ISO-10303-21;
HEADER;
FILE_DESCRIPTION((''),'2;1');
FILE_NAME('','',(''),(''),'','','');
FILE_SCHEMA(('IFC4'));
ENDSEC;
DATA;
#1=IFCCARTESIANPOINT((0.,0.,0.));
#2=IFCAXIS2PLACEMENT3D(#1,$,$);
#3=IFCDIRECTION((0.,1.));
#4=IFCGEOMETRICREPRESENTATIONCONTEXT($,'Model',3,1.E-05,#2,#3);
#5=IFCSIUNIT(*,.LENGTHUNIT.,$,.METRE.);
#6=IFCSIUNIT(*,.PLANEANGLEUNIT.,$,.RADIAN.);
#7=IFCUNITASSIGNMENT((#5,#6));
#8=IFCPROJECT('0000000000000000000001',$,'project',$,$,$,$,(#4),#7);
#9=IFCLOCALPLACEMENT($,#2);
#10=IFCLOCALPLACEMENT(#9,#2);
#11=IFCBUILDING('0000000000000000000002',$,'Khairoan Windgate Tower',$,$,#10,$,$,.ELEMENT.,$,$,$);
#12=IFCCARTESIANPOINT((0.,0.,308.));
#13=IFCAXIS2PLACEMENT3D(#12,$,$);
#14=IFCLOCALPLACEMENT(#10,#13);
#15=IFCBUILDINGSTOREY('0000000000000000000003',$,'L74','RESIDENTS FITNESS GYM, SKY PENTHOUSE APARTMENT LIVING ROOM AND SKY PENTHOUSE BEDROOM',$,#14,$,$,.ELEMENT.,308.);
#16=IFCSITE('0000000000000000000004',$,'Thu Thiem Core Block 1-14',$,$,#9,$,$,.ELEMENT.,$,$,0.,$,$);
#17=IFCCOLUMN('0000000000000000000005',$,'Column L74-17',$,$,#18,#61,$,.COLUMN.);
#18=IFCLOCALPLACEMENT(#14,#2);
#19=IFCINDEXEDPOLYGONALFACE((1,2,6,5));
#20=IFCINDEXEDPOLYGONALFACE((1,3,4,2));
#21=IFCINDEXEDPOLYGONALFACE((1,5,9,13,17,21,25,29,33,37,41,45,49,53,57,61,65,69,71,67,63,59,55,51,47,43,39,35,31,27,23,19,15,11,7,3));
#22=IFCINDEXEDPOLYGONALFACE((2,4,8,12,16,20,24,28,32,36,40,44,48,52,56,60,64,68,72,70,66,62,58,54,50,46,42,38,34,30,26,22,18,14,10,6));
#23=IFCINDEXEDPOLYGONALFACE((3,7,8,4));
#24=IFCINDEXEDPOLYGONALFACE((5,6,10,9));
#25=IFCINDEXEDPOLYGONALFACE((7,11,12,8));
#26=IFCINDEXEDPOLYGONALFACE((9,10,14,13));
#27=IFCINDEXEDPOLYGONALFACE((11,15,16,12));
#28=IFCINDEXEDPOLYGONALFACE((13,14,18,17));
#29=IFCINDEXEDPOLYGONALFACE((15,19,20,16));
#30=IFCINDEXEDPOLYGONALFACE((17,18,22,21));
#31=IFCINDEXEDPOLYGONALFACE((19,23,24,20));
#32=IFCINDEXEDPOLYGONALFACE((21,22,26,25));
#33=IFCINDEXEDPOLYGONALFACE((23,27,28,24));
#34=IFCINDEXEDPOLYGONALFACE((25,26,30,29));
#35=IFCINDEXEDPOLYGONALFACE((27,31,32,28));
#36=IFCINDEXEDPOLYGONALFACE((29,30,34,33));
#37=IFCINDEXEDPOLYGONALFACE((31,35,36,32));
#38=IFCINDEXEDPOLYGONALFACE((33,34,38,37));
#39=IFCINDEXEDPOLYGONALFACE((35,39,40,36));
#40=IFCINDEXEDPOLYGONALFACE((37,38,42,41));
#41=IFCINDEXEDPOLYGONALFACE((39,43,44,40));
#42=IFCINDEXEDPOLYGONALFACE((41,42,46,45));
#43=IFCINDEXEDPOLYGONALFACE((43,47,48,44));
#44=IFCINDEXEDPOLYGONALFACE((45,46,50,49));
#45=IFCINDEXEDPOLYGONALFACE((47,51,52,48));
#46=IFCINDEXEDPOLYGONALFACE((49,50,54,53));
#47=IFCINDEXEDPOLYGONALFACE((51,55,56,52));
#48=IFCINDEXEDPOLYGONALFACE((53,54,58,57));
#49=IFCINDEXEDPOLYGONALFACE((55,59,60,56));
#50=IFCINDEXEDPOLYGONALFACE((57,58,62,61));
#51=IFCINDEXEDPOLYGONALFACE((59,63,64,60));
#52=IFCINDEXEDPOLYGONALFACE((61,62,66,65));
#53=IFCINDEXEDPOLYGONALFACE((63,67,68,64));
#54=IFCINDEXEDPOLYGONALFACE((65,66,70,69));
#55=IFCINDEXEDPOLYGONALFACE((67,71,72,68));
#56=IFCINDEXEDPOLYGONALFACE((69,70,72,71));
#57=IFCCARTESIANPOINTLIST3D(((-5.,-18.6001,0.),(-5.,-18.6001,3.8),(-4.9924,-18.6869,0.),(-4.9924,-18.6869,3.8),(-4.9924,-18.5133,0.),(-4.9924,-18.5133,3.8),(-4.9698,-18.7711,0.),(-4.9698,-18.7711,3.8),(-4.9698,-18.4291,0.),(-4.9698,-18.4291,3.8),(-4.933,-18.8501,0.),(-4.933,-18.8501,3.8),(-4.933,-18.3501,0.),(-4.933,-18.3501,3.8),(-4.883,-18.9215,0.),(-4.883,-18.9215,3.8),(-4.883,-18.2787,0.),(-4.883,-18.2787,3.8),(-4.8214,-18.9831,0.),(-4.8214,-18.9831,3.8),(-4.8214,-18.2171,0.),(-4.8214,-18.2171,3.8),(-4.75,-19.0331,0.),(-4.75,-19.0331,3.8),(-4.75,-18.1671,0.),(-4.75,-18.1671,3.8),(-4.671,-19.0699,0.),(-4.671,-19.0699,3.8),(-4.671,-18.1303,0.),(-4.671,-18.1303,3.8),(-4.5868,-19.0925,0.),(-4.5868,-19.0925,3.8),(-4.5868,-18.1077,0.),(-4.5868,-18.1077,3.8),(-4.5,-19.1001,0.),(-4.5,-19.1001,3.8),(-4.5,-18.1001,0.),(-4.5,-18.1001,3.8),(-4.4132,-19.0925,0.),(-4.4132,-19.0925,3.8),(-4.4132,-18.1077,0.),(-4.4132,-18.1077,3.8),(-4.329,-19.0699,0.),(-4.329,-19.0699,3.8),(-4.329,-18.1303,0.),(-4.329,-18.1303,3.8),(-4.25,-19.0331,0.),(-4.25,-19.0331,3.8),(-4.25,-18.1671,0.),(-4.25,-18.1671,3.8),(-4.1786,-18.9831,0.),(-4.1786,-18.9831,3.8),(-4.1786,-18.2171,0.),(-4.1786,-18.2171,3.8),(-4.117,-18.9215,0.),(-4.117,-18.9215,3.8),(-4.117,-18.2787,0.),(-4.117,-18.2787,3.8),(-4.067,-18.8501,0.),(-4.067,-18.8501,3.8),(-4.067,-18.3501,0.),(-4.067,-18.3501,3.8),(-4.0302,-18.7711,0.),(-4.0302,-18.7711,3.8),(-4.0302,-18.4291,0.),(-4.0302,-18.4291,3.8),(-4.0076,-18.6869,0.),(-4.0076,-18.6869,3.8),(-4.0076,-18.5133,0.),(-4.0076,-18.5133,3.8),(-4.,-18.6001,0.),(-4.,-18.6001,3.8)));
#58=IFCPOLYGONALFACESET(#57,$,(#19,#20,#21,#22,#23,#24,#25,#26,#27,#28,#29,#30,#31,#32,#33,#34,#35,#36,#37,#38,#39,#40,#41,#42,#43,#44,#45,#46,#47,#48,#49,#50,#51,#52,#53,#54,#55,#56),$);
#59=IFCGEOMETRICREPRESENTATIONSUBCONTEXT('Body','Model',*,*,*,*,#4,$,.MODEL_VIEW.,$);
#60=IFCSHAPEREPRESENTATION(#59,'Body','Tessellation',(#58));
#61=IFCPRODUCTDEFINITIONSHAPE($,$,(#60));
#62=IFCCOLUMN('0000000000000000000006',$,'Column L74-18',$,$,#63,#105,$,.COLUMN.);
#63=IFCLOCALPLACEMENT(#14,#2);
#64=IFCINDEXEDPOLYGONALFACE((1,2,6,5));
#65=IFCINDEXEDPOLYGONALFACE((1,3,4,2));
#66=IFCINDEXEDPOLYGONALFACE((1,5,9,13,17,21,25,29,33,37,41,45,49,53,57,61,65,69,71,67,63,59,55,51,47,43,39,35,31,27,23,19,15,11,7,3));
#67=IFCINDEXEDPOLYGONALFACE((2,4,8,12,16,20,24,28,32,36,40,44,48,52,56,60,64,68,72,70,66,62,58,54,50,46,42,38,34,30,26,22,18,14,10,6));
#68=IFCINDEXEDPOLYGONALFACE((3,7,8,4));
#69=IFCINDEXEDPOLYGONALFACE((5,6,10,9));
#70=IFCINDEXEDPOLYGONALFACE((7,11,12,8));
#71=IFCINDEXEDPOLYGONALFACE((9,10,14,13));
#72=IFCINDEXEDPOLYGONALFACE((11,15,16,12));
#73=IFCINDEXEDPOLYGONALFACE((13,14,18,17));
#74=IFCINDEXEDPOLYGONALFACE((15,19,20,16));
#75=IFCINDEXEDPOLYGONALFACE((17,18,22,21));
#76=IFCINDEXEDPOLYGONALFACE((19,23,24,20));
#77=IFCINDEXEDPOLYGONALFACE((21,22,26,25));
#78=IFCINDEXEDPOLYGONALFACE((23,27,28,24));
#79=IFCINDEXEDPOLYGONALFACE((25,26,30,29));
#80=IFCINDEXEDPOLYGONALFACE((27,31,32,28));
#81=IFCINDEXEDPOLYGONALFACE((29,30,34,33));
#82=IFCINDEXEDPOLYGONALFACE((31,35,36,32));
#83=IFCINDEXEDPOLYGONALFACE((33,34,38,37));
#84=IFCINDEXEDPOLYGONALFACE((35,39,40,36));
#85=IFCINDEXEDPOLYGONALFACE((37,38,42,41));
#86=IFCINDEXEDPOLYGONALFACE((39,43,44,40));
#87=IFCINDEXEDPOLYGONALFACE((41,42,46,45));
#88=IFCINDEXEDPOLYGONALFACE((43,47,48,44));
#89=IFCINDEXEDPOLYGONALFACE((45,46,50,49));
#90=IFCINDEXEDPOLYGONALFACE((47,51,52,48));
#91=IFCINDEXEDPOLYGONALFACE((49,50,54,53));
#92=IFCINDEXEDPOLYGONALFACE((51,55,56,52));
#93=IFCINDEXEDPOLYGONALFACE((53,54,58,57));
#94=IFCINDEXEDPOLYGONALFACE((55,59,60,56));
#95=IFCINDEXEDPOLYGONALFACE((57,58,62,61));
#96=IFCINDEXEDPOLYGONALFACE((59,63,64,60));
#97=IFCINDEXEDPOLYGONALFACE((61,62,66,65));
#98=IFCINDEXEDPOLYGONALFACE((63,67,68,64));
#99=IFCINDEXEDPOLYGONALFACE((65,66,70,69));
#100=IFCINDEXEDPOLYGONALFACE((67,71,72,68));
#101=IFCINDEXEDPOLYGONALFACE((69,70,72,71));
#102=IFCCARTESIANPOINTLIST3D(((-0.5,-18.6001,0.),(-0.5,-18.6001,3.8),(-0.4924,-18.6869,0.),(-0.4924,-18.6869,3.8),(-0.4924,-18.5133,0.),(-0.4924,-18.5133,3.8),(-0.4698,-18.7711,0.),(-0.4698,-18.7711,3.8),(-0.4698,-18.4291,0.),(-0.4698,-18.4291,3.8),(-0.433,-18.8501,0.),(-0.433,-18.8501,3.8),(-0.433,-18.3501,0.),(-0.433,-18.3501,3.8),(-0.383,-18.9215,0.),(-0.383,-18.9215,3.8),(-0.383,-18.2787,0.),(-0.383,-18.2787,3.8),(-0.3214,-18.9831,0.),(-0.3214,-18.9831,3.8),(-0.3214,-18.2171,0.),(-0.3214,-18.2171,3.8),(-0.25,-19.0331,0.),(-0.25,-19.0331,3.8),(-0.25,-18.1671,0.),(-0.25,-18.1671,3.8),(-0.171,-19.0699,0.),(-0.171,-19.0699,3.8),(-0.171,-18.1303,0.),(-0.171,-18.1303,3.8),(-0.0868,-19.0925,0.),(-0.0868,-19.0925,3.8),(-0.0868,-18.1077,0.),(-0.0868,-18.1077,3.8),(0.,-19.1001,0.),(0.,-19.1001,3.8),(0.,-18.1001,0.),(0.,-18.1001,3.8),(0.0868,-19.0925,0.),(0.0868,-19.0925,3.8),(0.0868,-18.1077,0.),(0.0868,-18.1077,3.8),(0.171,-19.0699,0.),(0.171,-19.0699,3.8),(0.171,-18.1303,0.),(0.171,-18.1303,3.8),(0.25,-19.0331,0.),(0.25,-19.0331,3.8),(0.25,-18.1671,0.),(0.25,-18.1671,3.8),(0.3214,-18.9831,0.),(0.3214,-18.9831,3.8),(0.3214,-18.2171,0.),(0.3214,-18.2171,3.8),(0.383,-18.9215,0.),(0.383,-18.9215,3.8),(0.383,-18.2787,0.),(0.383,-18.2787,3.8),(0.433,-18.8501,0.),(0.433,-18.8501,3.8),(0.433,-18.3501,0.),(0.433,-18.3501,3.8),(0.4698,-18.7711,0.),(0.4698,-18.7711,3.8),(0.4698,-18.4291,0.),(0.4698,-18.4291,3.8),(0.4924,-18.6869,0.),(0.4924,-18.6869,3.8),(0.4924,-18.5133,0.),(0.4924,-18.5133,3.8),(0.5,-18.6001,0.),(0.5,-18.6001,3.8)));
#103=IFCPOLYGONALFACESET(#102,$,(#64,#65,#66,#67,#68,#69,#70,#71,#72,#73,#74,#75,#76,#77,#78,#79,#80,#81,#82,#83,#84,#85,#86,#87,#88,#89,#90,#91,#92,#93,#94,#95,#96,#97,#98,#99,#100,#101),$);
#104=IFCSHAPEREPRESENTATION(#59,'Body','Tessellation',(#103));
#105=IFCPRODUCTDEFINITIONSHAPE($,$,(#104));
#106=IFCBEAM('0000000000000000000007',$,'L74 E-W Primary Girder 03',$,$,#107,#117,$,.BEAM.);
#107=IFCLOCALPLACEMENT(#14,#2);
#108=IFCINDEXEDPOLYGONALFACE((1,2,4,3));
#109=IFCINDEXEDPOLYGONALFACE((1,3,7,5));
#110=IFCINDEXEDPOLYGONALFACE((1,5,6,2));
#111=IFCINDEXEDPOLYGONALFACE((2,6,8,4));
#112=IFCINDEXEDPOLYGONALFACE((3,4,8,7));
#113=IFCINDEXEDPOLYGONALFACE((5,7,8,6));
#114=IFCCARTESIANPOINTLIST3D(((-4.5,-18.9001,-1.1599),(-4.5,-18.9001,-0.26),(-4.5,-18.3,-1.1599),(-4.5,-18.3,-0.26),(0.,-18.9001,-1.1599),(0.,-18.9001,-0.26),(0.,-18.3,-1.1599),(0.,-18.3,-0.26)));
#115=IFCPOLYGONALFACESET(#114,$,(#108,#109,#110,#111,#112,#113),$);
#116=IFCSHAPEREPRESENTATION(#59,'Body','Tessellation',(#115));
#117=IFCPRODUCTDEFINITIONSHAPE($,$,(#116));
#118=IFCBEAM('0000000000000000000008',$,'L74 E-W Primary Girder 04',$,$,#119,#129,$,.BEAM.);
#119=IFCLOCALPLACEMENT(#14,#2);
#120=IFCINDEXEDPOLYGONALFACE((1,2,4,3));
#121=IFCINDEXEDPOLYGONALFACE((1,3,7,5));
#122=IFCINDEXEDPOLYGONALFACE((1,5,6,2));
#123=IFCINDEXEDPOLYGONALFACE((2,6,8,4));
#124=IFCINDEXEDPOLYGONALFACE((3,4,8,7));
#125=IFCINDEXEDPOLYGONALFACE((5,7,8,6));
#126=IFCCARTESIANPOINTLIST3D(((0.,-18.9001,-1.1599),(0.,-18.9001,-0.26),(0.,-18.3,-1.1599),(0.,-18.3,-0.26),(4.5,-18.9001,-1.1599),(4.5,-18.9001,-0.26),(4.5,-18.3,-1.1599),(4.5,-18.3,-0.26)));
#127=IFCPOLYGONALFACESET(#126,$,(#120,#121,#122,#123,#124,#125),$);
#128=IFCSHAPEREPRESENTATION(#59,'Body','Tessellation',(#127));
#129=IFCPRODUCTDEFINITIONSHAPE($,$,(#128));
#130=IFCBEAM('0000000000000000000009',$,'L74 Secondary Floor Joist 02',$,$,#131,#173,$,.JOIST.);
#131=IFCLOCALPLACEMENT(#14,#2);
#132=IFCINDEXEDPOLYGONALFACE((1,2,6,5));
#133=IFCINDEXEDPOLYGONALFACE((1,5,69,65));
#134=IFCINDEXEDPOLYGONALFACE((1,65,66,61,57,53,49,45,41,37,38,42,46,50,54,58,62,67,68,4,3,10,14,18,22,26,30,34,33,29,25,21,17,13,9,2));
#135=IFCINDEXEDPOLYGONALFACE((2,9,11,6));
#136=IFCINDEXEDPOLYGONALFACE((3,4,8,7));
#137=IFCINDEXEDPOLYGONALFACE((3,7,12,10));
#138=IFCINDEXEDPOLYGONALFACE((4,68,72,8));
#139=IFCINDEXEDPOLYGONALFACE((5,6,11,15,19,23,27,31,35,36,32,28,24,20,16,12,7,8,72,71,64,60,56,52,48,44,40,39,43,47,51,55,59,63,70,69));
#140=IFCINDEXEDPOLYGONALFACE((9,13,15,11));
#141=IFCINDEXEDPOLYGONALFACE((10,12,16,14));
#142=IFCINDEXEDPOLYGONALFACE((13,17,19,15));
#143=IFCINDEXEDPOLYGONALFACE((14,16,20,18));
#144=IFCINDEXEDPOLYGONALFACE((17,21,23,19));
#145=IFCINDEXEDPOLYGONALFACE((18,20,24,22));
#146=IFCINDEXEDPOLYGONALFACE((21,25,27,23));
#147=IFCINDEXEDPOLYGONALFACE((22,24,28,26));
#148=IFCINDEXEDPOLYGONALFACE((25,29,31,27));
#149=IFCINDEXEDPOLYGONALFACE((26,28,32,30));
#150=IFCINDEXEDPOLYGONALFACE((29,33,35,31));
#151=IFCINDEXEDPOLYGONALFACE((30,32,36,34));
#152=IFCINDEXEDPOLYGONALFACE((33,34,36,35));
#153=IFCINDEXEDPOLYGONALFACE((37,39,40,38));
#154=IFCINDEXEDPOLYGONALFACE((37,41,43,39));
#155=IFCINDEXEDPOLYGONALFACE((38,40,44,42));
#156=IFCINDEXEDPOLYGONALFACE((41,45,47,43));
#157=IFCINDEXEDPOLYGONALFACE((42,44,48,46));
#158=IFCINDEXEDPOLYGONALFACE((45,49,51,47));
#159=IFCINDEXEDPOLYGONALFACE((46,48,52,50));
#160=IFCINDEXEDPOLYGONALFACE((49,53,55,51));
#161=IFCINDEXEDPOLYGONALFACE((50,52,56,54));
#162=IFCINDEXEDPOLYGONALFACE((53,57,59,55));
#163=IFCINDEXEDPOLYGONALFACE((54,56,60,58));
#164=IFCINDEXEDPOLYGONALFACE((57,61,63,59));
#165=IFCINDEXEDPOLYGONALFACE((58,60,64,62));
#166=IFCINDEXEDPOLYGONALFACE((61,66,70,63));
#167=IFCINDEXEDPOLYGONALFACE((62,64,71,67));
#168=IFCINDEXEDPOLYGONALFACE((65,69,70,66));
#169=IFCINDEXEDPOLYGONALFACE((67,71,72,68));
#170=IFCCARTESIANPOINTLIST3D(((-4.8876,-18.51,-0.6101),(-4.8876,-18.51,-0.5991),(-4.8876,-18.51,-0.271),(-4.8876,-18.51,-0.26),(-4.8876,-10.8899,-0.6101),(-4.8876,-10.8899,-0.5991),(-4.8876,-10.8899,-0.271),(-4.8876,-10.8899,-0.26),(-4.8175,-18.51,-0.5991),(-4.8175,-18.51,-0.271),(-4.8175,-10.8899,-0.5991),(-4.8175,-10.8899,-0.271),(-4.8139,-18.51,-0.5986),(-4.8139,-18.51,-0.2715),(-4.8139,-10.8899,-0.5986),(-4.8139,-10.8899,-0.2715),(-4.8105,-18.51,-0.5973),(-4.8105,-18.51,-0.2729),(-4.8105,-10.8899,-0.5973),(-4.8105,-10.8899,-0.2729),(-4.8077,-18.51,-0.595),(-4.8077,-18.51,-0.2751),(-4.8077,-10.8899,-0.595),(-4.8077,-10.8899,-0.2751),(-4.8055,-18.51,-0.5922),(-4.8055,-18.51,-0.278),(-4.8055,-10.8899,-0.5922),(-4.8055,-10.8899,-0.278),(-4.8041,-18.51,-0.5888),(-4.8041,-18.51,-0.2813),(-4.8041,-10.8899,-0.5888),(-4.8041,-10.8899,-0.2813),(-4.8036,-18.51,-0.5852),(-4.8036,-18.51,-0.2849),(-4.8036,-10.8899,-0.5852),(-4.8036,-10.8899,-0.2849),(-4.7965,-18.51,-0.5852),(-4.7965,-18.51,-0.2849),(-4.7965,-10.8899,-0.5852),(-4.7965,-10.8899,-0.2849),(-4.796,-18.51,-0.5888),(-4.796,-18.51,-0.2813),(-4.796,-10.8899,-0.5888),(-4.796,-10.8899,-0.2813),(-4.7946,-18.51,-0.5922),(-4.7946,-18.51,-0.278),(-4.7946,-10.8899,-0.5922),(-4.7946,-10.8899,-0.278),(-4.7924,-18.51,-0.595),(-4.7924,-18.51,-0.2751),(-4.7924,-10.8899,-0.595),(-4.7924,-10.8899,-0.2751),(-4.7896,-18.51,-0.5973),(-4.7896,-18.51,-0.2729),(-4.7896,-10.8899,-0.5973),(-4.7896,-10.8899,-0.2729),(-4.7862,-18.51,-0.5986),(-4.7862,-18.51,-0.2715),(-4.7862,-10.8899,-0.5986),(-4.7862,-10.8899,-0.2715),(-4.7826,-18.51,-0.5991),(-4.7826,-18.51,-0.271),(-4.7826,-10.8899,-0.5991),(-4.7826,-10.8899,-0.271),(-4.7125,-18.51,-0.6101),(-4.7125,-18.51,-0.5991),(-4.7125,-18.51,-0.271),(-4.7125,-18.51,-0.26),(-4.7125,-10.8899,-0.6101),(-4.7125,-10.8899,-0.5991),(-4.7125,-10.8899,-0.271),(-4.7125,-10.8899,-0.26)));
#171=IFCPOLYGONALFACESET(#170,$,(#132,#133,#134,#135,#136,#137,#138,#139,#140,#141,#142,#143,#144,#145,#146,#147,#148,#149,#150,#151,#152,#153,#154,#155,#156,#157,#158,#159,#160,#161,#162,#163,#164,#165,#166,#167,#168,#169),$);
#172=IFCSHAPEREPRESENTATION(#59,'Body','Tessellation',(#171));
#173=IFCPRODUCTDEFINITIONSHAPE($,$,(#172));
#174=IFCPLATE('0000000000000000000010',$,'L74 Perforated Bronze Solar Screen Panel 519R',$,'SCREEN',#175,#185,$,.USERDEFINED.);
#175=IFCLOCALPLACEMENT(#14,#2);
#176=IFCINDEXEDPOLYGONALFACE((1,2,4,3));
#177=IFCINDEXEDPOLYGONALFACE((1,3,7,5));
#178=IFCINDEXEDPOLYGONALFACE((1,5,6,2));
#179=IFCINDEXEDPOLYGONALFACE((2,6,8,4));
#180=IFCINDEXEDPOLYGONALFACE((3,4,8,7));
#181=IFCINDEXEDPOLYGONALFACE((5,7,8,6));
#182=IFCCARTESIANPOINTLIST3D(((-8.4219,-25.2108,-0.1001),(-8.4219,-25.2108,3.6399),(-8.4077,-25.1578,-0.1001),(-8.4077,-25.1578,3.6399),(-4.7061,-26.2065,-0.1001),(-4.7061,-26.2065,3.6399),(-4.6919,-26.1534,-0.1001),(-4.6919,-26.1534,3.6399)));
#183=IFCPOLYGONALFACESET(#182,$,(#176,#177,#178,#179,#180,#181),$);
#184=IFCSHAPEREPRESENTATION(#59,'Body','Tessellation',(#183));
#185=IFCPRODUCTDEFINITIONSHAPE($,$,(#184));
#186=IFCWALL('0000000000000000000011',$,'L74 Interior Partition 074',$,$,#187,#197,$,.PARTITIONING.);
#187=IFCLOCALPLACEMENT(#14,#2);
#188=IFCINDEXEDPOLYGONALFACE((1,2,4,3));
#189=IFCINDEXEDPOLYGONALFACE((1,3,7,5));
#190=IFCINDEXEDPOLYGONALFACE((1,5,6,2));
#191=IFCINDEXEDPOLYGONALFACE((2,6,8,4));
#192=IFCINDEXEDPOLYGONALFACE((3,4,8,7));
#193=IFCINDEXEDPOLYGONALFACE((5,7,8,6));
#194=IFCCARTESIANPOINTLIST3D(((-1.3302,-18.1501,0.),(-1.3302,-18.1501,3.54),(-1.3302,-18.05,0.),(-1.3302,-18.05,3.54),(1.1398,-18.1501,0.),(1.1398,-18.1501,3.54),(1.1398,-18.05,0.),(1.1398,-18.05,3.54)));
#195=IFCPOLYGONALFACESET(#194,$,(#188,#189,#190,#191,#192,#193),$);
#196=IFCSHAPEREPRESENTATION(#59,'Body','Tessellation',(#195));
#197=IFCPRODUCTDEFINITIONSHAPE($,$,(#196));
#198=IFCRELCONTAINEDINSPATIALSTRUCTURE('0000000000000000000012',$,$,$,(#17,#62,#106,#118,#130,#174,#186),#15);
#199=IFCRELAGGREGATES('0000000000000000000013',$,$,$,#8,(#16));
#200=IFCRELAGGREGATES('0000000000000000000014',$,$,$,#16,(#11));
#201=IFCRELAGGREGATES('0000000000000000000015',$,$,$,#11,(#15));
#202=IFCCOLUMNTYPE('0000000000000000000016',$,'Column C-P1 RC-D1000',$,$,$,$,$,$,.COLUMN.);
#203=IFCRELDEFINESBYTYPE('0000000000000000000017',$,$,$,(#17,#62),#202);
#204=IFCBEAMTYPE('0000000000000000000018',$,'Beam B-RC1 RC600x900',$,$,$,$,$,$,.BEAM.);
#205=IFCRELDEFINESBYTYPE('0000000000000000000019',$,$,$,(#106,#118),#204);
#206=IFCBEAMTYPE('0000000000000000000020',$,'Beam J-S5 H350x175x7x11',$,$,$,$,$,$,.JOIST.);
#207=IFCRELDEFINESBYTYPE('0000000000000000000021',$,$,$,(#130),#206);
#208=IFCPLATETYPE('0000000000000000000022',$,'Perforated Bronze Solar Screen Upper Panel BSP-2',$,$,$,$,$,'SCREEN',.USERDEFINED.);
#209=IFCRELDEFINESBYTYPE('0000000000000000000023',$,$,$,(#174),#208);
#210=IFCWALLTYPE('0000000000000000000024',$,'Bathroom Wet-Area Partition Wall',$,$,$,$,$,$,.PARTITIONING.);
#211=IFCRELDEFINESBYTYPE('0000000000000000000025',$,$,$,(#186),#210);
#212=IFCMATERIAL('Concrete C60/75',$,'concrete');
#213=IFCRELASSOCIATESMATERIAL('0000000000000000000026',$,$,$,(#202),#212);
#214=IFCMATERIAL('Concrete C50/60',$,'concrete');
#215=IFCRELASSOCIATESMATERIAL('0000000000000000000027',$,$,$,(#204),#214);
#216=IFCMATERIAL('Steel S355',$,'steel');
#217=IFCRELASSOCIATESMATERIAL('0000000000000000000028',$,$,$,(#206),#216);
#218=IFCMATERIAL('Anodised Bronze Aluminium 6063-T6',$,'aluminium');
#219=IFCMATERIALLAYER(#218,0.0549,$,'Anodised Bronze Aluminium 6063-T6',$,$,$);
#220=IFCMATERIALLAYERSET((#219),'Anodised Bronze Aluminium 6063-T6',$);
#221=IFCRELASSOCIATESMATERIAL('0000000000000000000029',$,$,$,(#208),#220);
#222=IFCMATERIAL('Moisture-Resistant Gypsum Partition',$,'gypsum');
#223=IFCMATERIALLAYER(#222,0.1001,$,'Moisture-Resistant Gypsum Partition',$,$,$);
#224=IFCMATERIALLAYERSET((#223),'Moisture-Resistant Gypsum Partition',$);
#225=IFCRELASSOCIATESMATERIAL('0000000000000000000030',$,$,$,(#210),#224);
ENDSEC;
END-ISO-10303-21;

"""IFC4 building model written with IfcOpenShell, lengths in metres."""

from ifc_helpers import new_model, si_unit, direction, frame, frame_2d, origin, origin_2d, place, context, subcontext, project, spatial, rectangle, circle, i_section, extrude, material, layer, layer_set, material_profile, profile_set, type_object, element, save


model = new_model("IFC4")

# Units and contexts
model_context = context("Model", 3, precision=1e-05, world=origin(), true_north=direction((0.0, 1.0)))
body_context = subcontext(model_context, "Body", "Model", "MODEL_VIEW")
ifc_project = project(units=[si_unit("LENGTHUNIT", "METRE"), si_unit("PLANEANGLEUNIT", "RADIAN")], contexts=[model_context])

# Site, building, storey
site_placement = place(None, origin())
site = spatial("IfcSite", under=ifc_project, at=site_placement, Name="Thu Thiem Core Block 1-14", CompositionType="ELEMENT", RefElevation=0.0)
building_placement = place(site_placement, origin())
building = spatial("IfcBuilding", under=site, at=building_placement, Name="Khairoan Windgate Tower", CompositionType="ELEMENT")
storey_placement = place(building_placement, frame((0.0, 0.0, 308.0)))
storey = spatial("IfcBuildingStorey", under=building, at=storey_placement, Name="L74", Description="RESIDENTS FITNESS GYM, SKY PENTHOUSE APARTMENT LIVING ROOM AND SKY PENTHOUSE BEDROOM", CompositionType="ELEMENT", Elevation=308.0)

# Columns
ifc_material_1 = material(Name="Concrete C60/75", Category="concrete")
ifc_material_profile_1 = material_profile(ifc_material_1, circle(Radius=0.5, at=origin_2d()))
ifc_profile_set_1 = profile_set([ifc_material_profile_1], Name="Concrete C60/75")
column_type = type_object("IfcColumnType", Name="Column C-P1 RC-D1000", PredefinedType="COLUMN", material=ifc_profile_set_1)
for number, where, z_axis, x_axis, name in (
    (1, (-4.5, -18.6001, 0.0), (0.0, 0.0, 1.0), (1.0, 0.0, 0.0), "Column L74-17"),
    (2, (0.0, -18.6001, 0.0), (0.0, 0.0, 1.0), (1.0, 0.0, 0.0), "Column L74-18"),
):
    element("IfcColumn", number, at=place(storey_placement, frame(where, z_axis=z_axis, x_axis=x_axis)), inside=storey, type_object=column_type, Name=name, PredefinedType="COLUMN", context=body_context, shape_type="SweptSolid", body=[
        extrude(circle(Radius=0.5, at=origin_2d()), origin(), (0.0, 0.0, 1.0), 3.8),
    ])

# Beams
ifc_material_2 = material(Name="Concrete C50/60", Category="concrete")
ifc_material_profile_2 = material_profile(ifc_material_2, rectangle(XDim=0.6001, YDim=0.8999, at=origin_2d()))
ifc_profile_set_2 = profile_set([ifc_material_profile_2], Name="Concrete C50/60")
beam_type_1 = type_object("IfcBeamType", Name="Beam B-RC1 RC600x900", PredefinedType="BEAM", material=ifc_profile_set_2)
for number, where, z_axis, x_axis, name in (
    (3, (-4.5, -18.6001, -0.71), (1.0, 0.0, 0.0), (0.0, 1.0, 0.0), "L74 E-W Primary Girder 03"),
    (4, (0.0, -18.6001, -0.71), (1.0, 0.0, 0.0), (0.0, 1.0, 0.0), "L74 E-W Primary Girder 04"),
):
    element("IfcBeam", number, at=place(storey_placement, frame(where, z_axis=z_axis, x_axis=x_axis)), inside=storey, type_object=beam_type_1, Name=name, PredefinedType="BEAM", context=body_context, shape_type="SweptSolid", body=[
        extrude(rectangle(XDim=0.6001, YDim=0.8999, at=origin_2d()), origin(), (0.0, 0.0, 1.0), 4.5),
    ])
ifc_material_3 = material(Name="Steel S355", Category="steel")
ifc_material_profile_3 = material_profile(ifc_material_3, i_section(OverallWidth=0.175, OverallDepth=0.3501, WebThickness=0.0071, FlangeThickness=0.011, FilletRadius=0.0139, at=origin_2d()))
ifc_profile_set_3 = profile_set([ifc_material_profile_3], Name="Steel S355")
beam_type_2 = type_object("IfcBeamType", Name="Beam J-S5 H350x175x7x11", PredefinedType="JOIST", material=ifc_profile_set_3)
beam_placement = place(storey_placement, frame((-4.8, -18.51, -0.4351), z_axis=(0.0, 1.0, 0.0), x_axis=(-1.0, 0.0, 0.0)))
element("IfcBeam", 5, at=beam_placement, inside=storey, type_object=beam_type_2, Name="L74 Secondary Floor Joist 02", PredefinedType="JOIST", context=body_context, shape_type="SweptSolid", body=[
    extrude(i_section(OverallWidth=0.175, OverallDepth=0.3501, WebThickness=0.0071, FlangeThickness=0.011, FilletRadius=0.0139, at=origin_2d()), origin(), (0.0, 0.0, 1.0), 7.6201),
])

# Plate
ifc_material_4 = material(Name="Anodised Bronze Aluminium 6063-T6", Category="aluminium")
ifc_layer_1 = layer(ifc_material_4, 0.0549, Name="Anodised Bronze Aluminium 6063-T6")
ifc_layer_set_1 = layer_set([ifc_layer_1], Name="Anodised Bronze Aluminium 6063-T6")
plate_type = type_object("IfcPlateType", Name="Perforated Bronze Solar Screen Upper Panel BSP-2", ElementType="SCREEN", PredefinedType="USERDEFINED", material=ifc_layer_set_1)
plate_placement = place(storey_placement, frame((-6.5569, -25.6821, -0.1001), z_axis=(0.0, 0.0, 1.0), x_axis=(-0.965926, 0.258819, 0.0)))
element("IfcPlate", 6, at=plate_placement, inside=storey, type_object=plate_type, Name="L74 Perforated Bronze Solar Screen Panel 519R", ObjectType="SCREEN", PredefinedType="USERDEFINED", context=body_context, shape_type="SweptSolid", body=[
    extrude(rectangle(XDim=3.8469, YDim=0.0549, at=origin_2d()), origin(), (0.0, 0.0, 1.0), 3.74),
])

# Wall
ifc_material_5 = material(Name="Moisture-Resistant Gypsum Partition", Category="gypsum")
ifc_layer_2 = layer(ifc_material_5, 0.1001, Name="Moisture-Resistant Gypsum Partition")
ifc_layer_set_2 = layer_set([ifc_layer_2], Name="Moisture-Resistant Gypsum Partition")
wall_type_1 = type_object("IfcWallType", Name="Bathroom Wet-Area Partition Wall", PredefinedType="PARTITIONING", material=ifc_layer_set_2)
wall_1_placement = place(storey_placement, frame((-1.3301, -18.1001, 0.0), z_axis=(0.0, 0.0, 1.0), x_axis=(1.0, 0.0, 0.0)))
element("IfcWall", 7, at=wall_1_placement, inside=storey, type_object=wall_type_1, Name="L74 Interior Partition 074", PredefinedType="PARTITIONING", context=body_context, shape_type="SweptSolid", body=[
    extrude(rectangle(XDim=2.47, YDim=0.1001, at=frame_2d((1.2349, 0.0))), origin(), (0.0, 0.0, 1.0), 3.54),
])

save(model, "model.ifc")
